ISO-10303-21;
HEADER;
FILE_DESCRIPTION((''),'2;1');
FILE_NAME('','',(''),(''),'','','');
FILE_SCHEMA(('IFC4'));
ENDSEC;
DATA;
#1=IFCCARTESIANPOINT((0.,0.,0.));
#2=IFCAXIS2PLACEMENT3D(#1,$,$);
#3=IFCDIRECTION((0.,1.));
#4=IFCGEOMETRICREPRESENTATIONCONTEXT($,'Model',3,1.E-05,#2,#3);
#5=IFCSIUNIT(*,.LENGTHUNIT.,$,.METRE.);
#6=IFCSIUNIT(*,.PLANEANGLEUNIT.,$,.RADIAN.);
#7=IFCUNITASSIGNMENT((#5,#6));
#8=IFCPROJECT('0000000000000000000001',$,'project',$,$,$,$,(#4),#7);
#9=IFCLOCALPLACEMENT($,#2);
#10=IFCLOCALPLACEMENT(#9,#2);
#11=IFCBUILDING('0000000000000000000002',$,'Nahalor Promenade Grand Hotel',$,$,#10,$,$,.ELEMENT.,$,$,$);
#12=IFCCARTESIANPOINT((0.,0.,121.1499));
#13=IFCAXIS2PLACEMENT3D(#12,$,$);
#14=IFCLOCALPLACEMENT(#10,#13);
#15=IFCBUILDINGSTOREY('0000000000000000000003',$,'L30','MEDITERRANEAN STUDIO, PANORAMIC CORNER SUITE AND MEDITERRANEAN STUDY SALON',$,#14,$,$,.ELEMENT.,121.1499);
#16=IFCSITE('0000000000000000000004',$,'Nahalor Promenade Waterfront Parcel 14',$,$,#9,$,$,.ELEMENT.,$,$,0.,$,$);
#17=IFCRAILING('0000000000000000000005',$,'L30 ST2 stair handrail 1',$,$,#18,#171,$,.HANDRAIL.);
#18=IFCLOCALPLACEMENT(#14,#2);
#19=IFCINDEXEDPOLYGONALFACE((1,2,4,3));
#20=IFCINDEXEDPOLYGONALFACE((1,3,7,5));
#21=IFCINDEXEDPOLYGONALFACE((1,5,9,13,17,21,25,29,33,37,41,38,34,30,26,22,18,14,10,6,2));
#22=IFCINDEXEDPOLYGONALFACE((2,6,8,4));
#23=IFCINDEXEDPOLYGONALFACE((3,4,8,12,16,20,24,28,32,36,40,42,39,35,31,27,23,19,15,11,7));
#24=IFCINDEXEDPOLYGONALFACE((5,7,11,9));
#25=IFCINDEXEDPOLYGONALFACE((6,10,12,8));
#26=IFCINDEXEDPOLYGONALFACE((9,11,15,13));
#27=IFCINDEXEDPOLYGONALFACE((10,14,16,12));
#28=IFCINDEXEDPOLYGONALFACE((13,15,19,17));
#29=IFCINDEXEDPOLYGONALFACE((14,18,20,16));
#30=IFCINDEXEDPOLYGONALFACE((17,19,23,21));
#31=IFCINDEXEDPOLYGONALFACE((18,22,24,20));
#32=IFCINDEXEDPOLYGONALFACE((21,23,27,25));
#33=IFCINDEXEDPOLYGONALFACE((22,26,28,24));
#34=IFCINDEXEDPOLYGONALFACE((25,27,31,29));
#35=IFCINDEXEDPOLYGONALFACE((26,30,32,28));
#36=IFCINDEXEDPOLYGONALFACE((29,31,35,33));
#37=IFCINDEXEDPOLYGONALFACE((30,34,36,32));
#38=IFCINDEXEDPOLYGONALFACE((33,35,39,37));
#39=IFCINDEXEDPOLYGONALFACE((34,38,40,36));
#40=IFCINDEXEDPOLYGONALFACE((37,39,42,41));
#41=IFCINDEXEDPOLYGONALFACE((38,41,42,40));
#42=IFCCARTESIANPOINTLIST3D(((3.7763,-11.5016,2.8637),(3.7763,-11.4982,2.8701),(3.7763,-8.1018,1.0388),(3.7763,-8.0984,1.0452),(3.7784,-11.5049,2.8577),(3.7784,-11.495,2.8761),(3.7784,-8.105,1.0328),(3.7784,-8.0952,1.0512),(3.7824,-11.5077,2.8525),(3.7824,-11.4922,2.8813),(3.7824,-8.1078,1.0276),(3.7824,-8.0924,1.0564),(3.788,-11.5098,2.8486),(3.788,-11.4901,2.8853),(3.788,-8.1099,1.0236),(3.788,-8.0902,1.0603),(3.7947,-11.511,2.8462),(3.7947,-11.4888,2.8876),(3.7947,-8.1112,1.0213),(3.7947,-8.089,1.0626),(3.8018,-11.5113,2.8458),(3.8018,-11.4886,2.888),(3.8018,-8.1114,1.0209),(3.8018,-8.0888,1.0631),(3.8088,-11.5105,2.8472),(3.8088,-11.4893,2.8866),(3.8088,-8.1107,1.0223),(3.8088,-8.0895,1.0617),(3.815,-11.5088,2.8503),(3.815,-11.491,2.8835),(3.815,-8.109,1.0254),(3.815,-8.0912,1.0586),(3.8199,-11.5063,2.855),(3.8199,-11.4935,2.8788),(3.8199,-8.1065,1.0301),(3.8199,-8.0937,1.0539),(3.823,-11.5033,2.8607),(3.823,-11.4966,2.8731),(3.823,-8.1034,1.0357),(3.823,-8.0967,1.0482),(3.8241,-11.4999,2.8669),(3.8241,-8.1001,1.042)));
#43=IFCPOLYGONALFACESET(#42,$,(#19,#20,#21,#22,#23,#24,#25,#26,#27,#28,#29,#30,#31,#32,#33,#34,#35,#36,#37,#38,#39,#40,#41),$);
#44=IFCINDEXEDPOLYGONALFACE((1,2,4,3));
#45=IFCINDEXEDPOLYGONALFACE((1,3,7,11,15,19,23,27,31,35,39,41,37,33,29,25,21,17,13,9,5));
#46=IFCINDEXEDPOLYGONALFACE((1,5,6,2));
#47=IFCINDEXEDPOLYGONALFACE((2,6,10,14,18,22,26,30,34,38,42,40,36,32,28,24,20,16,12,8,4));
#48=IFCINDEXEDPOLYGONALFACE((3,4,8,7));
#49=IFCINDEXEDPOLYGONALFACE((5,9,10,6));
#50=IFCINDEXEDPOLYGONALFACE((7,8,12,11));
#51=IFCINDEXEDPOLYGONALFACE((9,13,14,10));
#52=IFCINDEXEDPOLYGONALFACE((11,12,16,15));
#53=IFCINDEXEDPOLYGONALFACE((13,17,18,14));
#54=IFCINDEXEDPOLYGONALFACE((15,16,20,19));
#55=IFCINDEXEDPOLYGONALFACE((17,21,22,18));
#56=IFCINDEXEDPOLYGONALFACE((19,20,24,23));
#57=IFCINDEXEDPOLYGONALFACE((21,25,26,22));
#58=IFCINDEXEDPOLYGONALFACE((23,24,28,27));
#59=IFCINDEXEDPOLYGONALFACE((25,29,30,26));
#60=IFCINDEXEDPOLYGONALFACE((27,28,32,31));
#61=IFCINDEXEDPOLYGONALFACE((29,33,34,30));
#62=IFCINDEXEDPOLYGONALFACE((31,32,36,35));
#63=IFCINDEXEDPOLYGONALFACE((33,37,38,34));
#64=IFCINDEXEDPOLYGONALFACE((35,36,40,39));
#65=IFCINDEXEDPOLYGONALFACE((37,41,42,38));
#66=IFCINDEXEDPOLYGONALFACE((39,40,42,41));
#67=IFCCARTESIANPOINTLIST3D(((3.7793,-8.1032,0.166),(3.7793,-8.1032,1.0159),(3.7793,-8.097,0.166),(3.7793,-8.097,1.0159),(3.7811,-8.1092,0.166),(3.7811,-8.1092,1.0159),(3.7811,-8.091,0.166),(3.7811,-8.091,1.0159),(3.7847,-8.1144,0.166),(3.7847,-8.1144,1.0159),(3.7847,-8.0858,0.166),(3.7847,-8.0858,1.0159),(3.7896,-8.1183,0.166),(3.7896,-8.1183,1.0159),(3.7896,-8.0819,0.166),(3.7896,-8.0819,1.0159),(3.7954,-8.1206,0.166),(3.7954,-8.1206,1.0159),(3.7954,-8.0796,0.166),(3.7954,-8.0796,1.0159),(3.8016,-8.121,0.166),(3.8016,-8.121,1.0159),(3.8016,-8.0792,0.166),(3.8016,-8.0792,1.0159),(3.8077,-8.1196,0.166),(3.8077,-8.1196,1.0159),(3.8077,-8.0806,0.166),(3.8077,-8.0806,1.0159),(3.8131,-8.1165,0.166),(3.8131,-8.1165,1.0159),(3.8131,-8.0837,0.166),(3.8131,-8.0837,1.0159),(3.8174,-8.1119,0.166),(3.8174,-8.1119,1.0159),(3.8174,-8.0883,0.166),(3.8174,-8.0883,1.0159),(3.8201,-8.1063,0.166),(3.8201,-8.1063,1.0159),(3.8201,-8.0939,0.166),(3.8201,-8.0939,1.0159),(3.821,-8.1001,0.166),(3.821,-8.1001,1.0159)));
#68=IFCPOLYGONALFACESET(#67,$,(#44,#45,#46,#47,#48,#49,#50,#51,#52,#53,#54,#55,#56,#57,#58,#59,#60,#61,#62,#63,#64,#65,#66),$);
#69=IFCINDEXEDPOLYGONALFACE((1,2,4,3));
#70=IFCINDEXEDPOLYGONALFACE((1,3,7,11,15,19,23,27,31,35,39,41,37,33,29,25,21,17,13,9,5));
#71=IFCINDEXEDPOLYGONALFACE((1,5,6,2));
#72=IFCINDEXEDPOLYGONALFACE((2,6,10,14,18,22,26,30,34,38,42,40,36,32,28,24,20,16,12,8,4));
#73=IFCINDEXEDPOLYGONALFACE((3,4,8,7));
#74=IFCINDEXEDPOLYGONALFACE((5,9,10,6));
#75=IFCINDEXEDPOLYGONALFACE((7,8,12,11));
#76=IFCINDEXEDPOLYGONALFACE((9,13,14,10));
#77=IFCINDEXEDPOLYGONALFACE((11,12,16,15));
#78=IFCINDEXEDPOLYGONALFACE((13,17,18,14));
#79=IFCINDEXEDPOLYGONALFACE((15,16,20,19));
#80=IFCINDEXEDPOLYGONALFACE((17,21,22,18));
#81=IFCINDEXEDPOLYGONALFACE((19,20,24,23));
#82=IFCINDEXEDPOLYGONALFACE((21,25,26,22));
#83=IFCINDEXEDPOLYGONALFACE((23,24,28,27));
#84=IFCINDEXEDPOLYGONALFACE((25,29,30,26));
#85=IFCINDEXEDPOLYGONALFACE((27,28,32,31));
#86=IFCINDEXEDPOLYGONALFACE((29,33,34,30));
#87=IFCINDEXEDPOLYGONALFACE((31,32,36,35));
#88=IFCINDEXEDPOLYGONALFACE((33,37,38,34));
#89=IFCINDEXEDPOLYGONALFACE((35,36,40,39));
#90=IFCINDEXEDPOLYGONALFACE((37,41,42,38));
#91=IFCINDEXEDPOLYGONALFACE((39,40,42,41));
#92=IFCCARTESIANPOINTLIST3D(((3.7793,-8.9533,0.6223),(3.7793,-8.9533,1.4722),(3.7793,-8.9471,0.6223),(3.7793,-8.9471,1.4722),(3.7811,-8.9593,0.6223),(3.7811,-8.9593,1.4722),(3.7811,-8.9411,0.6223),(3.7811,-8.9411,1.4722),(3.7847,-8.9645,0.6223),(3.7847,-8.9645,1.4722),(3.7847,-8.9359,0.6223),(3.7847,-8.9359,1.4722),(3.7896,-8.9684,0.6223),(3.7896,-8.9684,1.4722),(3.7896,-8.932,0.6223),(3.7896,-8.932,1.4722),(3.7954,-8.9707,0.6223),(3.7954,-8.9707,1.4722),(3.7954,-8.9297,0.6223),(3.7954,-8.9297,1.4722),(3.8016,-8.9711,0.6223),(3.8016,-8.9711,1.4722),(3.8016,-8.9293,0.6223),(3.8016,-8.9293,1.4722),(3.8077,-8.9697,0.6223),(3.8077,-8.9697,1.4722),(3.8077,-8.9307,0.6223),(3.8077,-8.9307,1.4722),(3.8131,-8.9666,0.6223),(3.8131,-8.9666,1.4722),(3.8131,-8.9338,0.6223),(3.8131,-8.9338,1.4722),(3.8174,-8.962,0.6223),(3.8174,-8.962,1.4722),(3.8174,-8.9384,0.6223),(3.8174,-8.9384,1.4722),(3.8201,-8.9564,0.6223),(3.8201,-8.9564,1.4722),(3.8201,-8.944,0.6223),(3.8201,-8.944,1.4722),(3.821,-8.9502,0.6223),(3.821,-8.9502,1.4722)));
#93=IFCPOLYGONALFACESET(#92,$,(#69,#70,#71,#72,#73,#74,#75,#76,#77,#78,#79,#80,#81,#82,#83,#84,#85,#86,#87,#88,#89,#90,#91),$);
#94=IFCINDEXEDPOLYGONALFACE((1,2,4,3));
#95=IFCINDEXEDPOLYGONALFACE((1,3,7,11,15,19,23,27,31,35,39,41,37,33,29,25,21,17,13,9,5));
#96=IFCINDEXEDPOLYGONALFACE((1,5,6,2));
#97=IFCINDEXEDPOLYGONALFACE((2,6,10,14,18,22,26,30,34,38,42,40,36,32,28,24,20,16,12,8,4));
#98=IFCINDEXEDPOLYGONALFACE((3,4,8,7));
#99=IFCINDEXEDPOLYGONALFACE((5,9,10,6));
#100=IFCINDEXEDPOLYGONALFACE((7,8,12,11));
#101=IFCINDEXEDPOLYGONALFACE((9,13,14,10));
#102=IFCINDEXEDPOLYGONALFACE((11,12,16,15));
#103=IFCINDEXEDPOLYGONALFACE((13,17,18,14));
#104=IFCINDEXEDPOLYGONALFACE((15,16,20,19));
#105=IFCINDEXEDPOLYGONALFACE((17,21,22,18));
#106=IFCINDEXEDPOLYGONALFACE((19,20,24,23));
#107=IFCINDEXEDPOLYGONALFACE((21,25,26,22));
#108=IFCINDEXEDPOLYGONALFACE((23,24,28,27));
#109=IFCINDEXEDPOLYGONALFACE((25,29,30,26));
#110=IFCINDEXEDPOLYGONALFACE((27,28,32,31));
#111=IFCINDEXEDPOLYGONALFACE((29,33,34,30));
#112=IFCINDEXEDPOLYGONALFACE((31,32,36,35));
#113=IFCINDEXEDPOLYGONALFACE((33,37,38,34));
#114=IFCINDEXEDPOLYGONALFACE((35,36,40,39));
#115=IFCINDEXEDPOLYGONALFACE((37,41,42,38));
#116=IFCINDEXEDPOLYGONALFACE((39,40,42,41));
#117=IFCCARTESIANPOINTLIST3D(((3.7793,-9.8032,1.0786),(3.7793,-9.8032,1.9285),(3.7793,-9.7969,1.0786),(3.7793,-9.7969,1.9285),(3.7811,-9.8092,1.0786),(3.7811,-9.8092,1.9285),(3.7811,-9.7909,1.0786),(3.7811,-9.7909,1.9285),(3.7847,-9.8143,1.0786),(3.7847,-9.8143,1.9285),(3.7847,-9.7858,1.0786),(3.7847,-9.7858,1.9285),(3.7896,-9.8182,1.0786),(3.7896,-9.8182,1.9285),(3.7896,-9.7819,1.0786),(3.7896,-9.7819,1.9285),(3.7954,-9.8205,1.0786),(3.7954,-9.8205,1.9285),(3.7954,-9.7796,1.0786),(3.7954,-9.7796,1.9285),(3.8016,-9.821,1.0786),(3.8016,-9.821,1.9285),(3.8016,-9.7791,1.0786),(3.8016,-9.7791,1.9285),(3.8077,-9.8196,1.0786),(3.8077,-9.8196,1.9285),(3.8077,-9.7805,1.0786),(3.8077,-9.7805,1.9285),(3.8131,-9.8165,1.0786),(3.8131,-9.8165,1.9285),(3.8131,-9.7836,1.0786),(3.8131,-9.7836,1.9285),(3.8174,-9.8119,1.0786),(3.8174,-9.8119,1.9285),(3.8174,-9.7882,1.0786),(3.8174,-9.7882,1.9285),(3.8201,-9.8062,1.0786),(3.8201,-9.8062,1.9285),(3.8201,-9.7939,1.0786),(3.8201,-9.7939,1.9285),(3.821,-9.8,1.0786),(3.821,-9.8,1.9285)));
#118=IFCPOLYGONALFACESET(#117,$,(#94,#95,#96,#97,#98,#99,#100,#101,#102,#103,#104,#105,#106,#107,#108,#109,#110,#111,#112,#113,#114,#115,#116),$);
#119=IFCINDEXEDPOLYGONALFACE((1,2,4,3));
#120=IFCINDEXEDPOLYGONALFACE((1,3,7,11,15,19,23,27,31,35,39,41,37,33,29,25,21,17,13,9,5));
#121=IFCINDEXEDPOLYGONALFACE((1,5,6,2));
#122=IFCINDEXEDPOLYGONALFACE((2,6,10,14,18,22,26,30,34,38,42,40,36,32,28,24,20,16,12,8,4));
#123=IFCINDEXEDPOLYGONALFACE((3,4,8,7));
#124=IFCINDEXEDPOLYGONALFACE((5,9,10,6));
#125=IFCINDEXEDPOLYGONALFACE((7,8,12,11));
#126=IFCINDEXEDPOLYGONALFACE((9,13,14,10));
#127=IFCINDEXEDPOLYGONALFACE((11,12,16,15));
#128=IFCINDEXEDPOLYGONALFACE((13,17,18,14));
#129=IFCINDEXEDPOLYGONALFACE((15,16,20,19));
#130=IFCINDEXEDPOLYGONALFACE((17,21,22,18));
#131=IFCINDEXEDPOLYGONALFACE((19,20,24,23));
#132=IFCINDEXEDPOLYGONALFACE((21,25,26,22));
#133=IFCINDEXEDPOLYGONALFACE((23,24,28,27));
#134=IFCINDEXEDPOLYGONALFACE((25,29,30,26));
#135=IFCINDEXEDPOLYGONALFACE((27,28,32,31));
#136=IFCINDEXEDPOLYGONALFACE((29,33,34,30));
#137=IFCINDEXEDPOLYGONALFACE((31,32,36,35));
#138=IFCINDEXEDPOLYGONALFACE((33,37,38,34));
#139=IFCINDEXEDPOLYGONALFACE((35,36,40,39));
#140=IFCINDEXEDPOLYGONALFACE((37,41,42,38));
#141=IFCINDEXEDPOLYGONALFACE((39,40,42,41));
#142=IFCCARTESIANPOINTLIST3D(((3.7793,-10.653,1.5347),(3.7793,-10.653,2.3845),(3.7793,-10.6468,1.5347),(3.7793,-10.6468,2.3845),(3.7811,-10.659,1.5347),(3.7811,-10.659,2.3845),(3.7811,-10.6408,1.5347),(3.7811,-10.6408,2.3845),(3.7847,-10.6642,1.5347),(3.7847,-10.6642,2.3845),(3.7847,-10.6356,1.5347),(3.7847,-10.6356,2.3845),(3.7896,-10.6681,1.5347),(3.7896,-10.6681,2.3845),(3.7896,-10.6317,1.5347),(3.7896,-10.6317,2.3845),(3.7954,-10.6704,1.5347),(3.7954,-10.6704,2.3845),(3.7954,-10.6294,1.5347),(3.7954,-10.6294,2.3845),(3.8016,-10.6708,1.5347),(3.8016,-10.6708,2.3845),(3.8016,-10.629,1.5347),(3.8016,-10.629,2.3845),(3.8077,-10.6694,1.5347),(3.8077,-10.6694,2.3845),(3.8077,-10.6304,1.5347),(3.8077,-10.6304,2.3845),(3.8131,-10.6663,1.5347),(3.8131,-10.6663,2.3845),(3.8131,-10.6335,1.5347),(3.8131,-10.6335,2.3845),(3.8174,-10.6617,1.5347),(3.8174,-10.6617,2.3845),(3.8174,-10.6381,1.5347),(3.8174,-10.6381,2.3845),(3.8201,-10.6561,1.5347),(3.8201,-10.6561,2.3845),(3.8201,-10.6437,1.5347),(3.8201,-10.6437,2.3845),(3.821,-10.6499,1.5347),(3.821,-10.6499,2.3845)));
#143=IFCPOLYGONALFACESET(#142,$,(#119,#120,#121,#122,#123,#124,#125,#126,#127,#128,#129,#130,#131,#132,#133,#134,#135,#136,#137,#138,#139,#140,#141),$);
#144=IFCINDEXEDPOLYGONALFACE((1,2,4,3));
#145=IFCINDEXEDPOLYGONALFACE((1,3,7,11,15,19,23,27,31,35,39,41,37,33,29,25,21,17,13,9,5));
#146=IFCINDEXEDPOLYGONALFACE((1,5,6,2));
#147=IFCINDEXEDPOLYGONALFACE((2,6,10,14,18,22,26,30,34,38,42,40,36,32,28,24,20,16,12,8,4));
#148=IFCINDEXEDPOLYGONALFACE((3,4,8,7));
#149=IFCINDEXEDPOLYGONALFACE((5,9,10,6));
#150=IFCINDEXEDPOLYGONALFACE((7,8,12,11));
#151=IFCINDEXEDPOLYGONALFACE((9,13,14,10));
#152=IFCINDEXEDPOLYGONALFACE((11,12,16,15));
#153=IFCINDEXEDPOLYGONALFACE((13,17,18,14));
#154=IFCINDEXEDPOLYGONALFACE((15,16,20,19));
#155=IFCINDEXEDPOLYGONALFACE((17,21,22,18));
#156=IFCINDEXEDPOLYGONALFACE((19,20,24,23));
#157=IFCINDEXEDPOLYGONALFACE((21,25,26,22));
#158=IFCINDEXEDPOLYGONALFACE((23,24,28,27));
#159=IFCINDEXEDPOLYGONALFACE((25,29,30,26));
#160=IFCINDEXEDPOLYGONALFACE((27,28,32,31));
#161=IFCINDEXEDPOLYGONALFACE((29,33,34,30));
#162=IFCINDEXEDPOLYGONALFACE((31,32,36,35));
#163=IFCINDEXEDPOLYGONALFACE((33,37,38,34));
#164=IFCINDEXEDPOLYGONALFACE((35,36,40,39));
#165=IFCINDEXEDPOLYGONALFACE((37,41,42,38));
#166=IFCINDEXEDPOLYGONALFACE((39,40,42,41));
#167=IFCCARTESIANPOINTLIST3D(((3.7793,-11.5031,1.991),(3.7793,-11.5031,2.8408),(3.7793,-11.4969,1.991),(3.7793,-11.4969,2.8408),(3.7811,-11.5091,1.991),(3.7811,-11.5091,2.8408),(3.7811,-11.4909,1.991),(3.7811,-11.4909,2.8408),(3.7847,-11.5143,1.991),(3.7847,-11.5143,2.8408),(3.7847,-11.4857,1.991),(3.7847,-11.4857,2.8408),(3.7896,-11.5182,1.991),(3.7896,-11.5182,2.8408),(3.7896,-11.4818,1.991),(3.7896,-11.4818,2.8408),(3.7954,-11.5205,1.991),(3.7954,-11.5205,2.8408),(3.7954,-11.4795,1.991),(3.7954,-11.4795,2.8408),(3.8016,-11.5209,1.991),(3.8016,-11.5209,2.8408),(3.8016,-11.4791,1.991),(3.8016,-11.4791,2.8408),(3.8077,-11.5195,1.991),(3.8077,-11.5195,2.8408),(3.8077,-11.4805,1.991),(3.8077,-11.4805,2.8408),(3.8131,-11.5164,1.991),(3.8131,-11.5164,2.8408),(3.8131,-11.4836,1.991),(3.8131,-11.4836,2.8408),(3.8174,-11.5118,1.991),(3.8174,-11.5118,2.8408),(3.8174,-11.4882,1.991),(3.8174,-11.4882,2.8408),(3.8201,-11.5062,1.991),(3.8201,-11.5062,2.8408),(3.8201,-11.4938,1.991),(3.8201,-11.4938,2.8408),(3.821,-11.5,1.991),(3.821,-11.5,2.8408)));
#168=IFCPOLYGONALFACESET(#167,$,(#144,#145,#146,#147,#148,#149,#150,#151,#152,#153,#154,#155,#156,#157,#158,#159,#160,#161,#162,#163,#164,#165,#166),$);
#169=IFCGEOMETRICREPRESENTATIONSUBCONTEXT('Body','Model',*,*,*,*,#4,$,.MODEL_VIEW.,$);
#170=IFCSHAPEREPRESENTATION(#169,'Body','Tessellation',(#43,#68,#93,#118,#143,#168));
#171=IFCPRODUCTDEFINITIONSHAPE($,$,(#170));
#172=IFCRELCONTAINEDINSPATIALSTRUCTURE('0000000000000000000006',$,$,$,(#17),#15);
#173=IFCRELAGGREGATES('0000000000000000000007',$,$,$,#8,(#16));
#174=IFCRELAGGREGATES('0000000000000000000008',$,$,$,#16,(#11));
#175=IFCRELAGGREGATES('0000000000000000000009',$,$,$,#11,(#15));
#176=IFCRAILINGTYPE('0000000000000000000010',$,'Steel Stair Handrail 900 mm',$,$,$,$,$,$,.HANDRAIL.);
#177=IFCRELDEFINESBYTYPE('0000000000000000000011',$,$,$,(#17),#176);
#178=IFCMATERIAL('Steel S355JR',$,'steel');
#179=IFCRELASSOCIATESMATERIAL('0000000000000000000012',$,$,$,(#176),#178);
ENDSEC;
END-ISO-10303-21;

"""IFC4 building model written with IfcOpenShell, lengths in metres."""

from ifc_helpers import new_model, si_unit, direction, frame, origin, origin_2d, place, context, subcontext, project, spatial, circle, extrude, material, type_object, element, save


model = new_model("IFC4")

# Units and contexts
model_context = context("Model", 3, precision=1e-05, world=origin(), true_north=direction((0.0, 1.0)))
body_context = subcontext(model_context, "Body", "Model", "MODEL_VIEW")
ifc_project = project(units=[si_unit("LENGTHUNIT", "METRE"), si_unit("PLANEANGLEUNIT", "RADIAN")], contexts=[model_context])

# Site, building, storey
site_placement = place(None, origin())
site = spatial("IfcSite", under=ifc_project, at=site_placement, Name="Nahalor Promenade Waterfront Parcel 14", CompositionType="ELEMENT", RefElevation=0.0)
building_placement = place(site_placement, origin())
building = spatial("IfcBuilding", under=site, at=building_placement, Name="Nahalor Promenade Grand Hotel", CompositionType="ELEMENT")
storey_placement = place(building_placement, frame((0.0, 0.0, 121.1499)))
storey = spatial("IfcBuildingStorey", under=building, at=storey_placement, Name="L30", Description="MEDITERRANEAN STUDIO, PANORAMIC CORNER SUITE AND MEDITERRANEAN STUDY SALON", CompositionType="ELEMENT", Elevation=121.1499)

# Shared definitions
ifc_material_1 = material(Name="Steel S355JR", Category="steel")

# Railing
railing_type_1 = type_object("IfcRailingType", Name="Steel Stair Handrail 900 mm", PredefinedType="HANDRAIL", material=ifc_material_1)
railing_1_placement = place(storey_placement, frame((3.8, -8.1001, 0.166)))
element("IfcRailing", 1, at=railing_1_placement, inside=storey, type_object=railing_type_1, Name="L30 ST2 stair handrail 1", PredefinedType="HANDRAIL", context=body_context, shape_type="SweptSolid", body=[
    extrude(circle(Radius=0.024, at=origin_2d()), frame((0.0, 0.0, 0.876), z_axis=(0.0, -0.881094, 0.472941), x_axis=(1.0, 0.0, 0.0)), (0.0, 0.0, 1.0), 3.8586),
    extrude(circle(Radius=0.021, at=origin_2d()), origin(), (0.0, 0.0, 1.0), 0.8499),
    extrude(circle(Radius=0.021, at=origin_2d()), frame((0.0, -0.8501, 0.4563)), (0.0, 0.0, 1.0), 0.8499),
    extrude(circle(Radius=0.021, at=origin_2d()), frame((0.0, -1.7, 0.9126)), (0.0, 0.0, 1.0), 0.8499),
    extrude(circle(Radius=0.021, at=origin_2d()), frame((0.0, -2.5498, 1.3687)), (0.0, 0.0, 1.0), 0.8499),
    extrude(circle(Radius=0.021, at=origin_2d()), frame((0.0, -3.3999, 1.825)), (0.0, 0.0, 1.0), 0.8499),
])

save(model, "model.ifc")
